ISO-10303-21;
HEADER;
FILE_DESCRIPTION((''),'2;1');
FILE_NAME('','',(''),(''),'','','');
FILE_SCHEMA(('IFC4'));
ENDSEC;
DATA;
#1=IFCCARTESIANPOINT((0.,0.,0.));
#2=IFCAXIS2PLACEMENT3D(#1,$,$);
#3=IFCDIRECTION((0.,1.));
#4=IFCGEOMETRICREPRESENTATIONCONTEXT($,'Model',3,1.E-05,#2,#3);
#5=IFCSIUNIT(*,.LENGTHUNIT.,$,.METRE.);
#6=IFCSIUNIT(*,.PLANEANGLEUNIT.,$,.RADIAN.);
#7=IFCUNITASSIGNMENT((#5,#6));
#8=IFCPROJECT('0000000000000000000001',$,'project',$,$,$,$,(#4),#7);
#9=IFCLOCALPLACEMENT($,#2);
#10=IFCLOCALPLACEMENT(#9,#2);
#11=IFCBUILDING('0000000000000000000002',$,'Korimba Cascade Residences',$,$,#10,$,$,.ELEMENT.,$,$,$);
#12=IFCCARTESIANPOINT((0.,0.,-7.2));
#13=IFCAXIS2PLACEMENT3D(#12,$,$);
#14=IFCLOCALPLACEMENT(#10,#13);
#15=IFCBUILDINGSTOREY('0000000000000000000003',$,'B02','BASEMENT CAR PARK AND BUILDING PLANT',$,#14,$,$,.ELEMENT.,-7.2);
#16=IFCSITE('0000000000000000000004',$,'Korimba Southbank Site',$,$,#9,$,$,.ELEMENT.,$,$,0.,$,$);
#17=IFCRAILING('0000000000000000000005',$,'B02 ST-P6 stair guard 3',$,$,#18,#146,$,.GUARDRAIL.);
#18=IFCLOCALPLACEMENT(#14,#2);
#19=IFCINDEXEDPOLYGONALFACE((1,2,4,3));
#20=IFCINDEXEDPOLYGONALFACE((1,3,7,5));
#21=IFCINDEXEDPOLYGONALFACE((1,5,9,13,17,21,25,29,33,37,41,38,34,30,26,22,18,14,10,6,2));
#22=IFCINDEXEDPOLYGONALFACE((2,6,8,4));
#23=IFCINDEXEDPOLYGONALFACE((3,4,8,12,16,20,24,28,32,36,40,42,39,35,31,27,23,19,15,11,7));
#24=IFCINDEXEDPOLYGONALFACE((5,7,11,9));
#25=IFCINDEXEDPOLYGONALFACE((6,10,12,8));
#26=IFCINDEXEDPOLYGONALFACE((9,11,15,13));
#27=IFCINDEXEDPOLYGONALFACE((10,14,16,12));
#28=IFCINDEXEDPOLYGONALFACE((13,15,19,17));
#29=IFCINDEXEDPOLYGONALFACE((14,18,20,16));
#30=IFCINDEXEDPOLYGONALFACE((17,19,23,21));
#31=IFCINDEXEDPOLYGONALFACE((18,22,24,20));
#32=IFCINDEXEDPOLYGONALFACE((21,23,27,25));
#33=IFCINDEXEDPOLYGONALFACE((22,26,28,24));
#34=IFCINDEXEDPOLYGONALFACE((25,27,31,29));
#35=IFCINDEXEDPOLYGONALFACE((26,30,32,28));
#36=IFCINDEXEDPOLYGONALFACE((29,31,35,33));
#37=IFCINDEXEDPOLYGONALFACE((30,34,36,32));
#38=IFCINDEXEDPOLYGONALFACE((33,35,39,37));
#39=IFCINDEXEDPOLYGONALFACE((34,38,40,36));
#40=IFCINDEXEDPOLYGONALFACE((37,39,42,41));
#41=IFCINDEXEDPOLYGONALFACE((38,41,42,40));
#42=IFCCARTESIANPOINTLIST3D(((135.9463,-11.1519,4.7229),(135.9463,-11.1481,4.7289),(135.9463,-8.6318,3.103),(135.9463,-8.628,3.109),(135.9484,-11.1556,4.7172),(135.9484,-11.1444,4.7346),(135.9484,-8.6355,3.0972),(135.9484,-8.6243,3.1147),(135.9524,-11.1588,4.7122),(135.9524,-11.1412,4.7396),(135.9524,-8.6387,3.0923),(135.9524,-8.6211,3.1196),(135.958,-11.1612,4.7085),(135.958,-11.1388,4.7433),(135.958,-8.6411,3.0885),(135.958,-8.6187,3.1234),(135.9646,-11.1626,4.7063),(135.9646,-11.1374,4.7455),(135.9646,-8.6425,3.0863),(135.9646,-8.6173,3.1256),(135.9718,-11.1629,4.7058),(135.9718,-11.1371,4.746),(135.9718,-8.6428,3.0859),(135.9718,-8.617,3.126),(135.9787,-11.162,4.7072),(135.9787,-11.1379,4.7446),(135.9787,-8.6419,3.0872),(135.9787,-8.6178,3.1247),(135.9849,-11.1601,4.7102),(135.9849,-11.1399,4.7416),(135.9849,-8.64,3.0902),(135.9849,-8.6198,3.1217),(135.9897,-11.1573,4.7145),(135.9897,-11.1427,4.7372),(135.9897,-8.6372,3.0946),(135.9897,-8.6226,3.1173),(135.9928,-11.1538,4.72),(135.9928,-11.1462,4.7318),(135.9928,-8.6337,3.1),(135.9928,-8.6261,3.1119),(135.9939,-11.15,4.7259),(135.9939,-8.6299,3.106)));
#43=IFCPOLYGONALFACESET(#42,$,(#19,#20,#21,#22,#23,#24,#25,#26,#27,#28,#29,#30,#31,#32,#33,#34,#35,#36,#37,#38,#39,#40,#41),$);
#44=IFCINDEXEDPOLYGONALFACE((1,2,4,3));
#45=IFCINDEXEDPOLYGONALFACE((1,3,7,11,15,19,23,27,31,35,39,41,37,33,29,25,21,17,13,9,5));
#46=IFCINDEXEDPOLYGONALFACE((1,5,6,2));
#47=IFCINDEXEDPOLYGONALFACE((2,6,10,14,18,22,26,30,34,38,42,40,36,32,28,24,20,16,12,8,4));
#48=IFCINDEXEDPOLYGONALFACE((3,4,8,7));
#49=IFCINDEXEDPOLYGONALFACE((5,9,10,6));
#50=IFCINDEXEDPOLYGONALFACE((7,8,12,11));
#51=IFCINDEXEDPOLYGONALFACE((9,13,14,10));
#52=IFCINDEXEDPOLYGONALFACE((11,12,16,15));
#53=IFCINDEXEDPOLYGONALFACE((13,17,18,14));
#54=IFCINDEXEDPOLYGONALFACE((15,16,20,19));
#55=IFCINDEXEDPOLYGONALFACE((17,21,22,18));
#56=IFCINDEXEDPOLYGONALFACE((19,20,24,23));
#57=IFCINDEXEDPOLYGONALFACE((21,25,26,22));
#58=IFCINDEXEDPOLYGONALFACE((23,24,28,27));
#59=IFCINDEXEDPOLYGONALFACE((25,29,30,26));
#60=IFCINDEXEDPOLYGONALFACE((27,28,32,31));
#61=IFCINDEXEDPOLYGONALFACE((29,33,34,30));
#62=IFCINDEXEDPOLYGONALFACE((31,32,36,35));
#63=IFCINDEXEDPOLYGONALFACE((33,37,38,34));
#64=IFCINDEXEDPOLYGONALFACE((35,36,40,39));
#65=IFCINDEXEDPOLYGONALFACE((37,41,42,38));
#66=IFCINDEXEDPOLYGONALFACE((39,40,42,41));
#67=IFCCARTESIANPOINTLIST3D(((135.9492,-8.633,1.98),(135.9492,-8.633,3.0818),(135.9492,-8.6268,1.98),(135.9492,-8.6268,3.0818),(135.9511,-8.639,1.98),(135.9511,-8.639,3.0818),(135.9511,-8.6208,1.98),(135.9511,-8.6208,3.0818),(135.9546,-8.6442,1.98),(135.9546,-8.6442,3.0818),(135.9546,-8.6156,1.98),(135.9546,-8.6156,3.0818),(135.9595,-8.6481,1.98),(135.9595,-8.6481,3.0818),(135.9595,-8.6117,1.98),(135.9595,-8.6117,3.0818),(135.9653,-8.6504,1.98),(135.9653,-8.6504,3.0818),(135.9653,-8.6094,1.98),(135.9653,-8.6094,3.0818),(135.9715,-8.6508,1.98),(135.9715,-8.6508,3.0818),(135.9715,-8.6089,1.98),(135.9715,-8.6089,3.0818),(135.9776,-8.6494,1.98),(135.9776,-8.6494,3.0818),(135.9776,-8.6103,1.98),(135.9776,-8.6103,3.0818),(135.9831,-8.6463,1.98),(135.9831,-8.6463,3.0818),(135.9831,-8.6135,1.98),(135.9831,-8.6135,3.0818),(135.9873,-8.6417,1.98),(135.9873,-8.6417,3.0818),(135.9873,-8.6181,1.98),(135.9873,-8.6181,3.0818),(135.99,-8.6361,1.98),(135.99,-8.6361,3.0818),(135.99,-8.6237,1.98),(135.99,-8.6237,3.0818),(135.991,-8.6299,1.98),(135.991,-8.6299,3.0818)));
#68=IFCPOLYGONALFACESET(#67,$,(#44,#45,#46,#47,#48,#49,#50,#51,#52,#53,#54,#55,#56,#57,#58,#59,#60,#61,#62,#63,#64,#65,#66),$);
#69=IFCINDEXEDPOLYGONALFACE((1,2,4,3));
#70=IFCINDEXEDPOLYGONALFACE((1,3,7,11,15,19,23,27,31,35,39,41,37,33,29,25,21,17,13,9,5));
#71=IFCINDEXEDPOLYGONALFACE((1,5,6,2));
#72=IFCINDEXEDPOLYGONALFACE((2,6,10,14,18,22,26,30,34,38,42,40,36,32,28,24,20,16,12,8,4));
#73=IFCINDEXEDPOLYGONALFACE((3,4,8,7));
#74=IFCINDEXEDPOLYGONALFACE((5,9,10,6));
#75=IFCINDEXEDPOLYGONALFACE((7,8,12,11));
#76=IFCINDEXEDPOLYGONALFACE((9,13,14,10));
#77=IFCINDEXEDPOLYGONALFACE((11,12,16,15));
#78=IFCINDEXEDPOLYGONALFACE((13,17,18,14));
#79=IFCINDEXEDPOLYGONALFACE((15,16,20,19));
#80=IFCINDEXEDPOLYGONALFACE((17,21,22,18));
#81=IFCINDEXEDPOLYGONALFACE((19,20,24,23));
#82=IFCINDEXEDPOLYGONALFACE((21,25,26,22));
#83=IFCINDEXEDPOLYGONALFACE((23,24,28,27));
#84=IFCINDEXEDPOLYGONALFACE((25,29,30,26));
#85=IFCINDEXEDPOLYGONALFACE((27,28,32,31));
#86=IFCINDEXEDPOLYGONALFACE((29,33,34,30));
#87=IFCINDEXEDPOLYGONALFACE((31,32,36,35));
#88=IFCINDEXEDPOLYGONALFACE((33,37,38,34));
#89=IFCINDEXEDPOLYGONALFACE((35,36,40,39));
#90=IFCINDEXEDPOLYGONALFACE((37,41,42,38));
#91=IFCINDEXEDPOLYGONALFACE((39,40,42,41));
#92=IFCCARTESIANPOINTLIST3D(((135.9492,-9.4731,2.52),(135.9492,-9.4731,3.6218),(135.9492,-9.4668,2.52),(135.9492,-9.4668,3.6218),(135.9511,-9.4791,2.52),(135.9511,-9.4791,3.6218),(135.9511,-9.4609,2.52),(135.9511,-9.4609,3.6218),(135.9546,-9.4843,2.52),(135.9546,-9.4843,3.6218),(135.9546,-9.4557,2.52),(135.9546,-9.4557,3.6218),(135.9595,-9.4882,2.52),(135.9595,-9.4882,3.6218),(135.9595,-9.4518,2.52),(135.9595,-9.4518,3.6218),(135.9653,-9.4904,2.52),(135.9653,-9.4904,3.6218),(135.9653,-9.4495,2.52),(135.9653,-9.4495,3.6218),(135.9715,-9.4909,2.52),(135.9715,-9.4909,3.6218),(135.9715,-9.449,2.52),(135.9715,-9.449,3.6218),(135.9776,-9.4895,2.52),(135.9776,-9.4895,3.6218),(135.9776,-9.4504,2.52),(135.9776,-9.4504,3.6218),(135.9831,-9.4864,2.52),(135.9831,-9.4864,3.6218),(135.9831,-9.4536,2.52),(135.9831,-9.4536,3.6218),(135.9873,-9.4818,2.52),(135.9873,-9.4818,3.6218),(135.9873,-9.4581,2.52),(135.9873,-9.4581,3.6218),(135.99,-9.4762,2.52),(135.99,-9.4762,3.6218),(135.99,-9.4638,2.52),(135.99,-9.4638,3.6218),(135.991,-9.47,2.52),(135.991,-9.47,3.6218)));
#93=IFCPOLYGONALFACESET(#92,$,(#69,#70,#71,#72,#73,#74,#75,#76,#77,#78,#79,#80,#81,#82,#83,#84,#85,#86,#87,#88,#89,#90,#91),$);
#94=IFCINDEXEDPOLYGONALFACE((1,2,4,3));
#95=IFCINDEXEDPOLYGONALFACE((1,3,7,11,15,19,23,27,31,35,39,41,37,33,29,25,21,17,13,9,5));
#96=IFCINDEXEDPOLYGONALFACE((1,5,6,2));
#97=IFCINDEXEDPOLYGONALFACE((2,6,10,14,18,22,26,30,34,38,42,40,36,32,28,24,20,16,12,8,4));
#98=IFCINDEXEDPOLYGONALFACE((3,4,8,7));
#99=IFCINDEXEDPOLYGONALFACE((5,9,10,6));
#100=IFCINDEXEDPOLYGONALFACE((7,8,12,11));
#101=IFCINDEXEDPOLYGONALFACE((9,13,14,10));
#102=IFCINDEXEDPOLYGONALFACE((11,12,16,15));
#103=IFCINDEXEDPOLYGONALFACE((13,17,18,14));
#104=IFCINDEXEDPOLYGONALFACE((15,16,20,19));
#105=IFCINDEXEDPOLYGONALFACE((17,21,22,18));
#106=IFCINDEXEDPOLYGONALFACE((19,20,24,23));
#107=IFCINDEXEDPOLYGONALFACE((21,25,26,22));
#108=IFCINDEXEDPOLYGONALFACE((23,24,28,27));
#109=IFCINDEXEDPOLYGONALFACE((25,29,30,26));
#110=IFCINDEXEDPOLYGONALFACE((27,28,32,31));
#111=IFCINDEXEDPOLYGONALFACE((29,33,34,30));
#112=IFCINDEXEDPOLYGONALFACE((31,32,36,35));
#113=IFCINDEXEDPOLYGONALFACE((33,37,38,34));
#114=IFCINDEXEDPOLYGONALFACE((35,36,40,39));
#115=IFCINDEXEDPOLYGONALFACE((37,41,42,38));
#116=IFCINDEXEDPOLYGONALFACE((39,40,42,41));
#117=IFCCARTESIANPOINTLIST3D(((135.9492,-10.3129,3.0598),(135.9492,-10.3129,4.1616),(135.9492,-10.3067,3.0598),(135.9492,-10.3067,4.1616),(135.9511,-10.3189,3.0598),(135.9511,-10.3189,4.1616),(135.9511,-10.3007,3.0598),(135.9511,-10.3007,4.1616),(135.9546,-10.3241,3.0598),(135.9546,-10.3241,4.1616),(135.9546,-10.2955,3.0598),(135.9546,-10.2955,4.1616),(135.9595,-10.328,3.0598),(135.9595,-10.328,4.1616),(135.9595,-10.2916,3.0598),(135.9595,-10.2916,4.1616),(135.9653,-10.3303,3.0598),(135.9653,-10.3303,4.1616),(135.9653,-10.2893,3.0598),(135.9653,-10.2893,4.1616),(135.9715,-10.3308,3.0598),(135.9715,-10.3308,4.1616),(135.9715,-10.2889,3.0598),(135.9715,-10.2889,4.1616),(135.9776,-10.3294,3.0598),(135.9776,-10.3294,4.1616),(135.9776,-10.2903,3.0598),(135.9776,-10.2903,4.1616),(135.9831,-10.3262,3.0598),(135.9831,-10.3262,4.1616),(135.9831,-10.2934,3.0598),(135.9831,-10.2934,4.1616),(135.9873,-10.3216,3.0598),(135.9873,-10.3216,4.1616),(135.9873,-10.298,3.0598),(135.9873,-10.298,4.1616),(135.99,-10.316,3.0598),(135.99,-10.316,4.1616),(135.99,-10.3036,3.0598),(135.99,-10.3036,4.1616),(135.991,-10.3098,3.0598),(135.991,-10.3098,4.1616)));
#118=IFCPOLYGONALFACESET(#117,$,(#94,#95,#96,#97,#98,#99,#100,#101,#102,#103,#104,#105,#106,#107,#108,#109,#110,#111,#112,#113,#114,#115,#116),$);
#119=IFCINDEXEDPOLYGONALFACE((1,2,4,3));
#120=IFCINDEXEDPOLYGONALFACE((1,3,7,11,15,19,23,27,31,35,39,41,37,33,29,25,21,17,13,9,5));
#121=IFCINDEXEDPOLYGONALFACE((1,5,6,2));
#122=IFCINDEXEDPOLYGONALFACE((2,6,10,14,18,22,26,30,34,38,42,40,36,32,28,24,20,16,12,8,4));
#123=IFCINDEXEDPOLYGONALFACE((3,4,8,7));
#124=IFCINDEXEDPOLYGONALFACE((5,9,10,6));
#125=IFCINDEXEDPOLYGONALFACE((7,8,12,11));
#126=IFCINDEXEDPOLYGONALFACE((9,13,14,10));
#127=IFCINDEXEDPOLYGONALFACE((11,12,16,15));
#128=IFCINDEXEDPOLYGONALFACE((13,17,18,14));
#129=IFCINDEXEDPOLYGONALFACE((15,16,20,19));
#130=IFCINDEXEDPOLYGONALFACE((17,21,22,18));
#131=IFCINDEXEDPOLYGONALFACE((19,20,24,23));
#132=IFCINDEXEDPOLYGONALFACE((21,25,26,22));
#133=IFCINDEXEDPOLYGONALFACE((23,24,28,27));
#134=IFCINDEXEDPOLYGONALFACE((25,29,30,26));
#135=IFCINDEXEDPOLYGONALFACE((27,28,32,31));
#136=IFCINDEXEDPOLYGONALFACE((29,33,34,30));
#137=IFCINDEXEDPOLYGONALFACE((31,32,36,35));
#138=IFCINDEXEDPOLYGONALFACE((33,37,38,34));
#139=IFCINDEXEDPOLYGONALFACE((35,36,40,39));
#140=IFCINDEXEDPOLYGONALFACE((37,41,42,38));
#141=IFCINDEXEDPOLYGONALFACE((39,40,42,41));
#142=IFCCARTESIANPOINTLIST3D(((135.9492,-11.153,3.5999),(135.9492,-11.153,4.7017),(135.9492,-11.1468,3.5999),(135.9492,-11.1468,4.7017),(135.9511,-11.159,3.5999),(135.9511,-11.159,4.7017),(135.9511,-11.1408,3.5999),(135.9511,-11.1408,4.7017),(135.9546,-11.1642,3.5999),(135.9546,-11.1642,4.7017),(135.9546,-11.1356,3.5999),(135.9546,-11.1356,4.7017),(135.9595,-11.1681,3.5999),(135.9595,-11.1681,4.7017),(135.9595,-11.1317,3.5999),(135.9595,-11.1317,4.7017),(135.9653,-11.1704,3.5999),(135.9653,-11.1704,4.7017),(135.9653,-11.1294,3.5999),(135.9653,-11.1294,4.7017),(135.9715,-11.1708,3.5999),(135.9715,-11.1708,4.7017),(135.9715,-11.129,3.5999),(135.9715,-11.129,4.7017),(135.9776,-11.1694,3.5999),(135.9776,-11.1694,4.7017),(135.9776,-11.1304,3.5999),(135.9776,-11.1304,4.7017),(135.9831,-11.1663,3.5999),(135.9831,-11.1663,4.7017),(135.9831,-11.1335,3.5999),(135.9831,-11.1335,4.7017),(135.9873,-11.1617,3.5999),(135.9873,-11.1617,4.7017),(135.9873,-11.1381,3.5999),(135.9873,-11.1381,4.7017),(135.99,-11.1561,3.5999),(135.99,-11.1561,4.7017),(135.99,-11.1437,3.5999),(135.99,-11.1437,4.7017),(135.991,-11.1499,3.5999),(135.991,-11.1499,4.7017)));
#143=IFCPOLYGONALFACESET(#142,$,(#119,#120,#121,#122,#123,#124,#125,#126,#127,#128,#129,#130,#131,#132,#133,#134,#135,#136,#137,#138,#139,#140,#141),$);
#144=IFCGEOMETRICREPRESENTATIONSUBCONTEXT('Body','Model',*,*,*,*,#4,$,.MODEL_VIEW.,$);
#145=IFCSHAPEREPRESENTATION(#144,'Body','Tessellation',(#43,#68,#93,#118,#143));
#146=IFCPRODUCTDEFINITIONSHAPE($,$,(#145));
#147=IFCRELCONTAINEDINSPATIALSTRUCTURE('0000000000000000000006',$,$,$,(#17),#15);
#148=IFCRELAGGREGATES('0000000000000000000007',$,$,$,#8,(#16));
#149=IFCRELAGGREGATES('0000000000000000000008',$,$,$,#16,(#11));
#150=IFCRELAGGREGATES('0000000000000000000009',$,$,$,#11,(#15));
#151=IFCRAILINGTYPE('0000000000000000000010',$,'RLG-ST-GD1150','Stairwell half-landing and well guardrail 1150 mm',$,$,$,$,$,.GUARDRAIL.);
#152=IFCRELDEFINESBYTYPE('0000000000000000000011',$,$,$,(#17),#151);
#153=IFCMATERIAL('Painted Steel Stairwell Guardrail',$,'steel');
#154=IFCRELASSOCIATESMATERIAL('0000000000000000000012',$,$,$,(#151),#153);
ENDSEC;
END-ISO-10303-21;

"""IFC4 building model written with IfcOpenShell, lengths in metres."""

from ifc_helpers import new_model, si_unit, direction, frame, origin, origin_2d, place, context, subcontext, project, spatial, circle, extrude, material, type_object, element, save


model = new_model("IFC4")

# Units and contexts
model_context = context("Model", 3, precision=1e-05, world=origin(), true_north=direction((0.0, 1.0)))
body_context = subcontext(model_context, "Body", "Model", "MODEL_VIEW")
ifc_project = project(units=[si_unit("LENGTHUNIT", "METRE"), si_unit("PLANEANGLEUNIT", "RADIAN")], contexts=[model_context])

# Site, building, storey
site_placement = place(None, origin())
site = spatial("IfcSite", under=ifc_project, at=site_placement, Name="Korimba Southbank Site", CompositionType="ELEMENT", RefElevation=0.0)
building_placement = place(site_placement, origin())
building = spatial("IfcBuilding", under=site, at=building_placement, Name="Korimba Cascade Residences", CompositionType="ELEMENT")
storey_placement = place(building_placement, frame((0.0, 0.0, -7.2)))
storey = spatial("IfcBuildingStorey", under=building, at=storey_placement, Name="B02", Description="BASEMENT CAR PARK AND BUILDING PLANT", CompositionType="ELEMENT", Elevation=-7.2)

# Railing
ifc_material_1 = material(Name="Painted Steel Stairwell Guardrail", Category="steel")
railing_type_1 = type_object("IfcRailingType", Name="RLG-ST-GD1150", Description="Stairwell half-landing and well guardrail 1150 mm", PredefinedType="GUARDRAIL", material=ifc_material_1)
railing_1_placement = place(storey_placement, frame((135.97, -8.6299, 1.98)))
element("IfcRailing", 1, at=railing_1_placement, inside=storey, type_object=railing_type_1, Name="B02 ST-P6 stair guard 3", PredefinedType="GUARDRAIL", context=body_context, shape_type="SweptSolid", body=[
    extrude(circle(Radius=0.0239, at=origin_2d()), frame((0.0, 0.0, 1.126), z_axis=(0.0, -0.8412, 0.540725), x_axis=(1.0, 0.0, 0.0)), (0.0, 0.0, 1.0), 2.9958),
    extrude(circle(Radius=0.021, at=origin_2d()), origin(), (0.0, 0.0, 1.0), 1.1018),
    extrude(circle(Radius=0.021, at=origin_2d()), frame((0.0, -0.8401, 0.54)), (0.0, 0.0, 1.0), 1.1018),
    extrude(circle(Radius=0.021, at=origin_2d()), frame((0.0, -1.6799, 1.0798)), (0.0, 0.0, 1.0), 1.1018),
    extrude(circle(Radius=0.021, at=origin_2d()), frame((0.0, -2.52, 1.6199)), (0.0, 0.0, 1.0), 1.1018),
])

save(model, "model.ifc")
